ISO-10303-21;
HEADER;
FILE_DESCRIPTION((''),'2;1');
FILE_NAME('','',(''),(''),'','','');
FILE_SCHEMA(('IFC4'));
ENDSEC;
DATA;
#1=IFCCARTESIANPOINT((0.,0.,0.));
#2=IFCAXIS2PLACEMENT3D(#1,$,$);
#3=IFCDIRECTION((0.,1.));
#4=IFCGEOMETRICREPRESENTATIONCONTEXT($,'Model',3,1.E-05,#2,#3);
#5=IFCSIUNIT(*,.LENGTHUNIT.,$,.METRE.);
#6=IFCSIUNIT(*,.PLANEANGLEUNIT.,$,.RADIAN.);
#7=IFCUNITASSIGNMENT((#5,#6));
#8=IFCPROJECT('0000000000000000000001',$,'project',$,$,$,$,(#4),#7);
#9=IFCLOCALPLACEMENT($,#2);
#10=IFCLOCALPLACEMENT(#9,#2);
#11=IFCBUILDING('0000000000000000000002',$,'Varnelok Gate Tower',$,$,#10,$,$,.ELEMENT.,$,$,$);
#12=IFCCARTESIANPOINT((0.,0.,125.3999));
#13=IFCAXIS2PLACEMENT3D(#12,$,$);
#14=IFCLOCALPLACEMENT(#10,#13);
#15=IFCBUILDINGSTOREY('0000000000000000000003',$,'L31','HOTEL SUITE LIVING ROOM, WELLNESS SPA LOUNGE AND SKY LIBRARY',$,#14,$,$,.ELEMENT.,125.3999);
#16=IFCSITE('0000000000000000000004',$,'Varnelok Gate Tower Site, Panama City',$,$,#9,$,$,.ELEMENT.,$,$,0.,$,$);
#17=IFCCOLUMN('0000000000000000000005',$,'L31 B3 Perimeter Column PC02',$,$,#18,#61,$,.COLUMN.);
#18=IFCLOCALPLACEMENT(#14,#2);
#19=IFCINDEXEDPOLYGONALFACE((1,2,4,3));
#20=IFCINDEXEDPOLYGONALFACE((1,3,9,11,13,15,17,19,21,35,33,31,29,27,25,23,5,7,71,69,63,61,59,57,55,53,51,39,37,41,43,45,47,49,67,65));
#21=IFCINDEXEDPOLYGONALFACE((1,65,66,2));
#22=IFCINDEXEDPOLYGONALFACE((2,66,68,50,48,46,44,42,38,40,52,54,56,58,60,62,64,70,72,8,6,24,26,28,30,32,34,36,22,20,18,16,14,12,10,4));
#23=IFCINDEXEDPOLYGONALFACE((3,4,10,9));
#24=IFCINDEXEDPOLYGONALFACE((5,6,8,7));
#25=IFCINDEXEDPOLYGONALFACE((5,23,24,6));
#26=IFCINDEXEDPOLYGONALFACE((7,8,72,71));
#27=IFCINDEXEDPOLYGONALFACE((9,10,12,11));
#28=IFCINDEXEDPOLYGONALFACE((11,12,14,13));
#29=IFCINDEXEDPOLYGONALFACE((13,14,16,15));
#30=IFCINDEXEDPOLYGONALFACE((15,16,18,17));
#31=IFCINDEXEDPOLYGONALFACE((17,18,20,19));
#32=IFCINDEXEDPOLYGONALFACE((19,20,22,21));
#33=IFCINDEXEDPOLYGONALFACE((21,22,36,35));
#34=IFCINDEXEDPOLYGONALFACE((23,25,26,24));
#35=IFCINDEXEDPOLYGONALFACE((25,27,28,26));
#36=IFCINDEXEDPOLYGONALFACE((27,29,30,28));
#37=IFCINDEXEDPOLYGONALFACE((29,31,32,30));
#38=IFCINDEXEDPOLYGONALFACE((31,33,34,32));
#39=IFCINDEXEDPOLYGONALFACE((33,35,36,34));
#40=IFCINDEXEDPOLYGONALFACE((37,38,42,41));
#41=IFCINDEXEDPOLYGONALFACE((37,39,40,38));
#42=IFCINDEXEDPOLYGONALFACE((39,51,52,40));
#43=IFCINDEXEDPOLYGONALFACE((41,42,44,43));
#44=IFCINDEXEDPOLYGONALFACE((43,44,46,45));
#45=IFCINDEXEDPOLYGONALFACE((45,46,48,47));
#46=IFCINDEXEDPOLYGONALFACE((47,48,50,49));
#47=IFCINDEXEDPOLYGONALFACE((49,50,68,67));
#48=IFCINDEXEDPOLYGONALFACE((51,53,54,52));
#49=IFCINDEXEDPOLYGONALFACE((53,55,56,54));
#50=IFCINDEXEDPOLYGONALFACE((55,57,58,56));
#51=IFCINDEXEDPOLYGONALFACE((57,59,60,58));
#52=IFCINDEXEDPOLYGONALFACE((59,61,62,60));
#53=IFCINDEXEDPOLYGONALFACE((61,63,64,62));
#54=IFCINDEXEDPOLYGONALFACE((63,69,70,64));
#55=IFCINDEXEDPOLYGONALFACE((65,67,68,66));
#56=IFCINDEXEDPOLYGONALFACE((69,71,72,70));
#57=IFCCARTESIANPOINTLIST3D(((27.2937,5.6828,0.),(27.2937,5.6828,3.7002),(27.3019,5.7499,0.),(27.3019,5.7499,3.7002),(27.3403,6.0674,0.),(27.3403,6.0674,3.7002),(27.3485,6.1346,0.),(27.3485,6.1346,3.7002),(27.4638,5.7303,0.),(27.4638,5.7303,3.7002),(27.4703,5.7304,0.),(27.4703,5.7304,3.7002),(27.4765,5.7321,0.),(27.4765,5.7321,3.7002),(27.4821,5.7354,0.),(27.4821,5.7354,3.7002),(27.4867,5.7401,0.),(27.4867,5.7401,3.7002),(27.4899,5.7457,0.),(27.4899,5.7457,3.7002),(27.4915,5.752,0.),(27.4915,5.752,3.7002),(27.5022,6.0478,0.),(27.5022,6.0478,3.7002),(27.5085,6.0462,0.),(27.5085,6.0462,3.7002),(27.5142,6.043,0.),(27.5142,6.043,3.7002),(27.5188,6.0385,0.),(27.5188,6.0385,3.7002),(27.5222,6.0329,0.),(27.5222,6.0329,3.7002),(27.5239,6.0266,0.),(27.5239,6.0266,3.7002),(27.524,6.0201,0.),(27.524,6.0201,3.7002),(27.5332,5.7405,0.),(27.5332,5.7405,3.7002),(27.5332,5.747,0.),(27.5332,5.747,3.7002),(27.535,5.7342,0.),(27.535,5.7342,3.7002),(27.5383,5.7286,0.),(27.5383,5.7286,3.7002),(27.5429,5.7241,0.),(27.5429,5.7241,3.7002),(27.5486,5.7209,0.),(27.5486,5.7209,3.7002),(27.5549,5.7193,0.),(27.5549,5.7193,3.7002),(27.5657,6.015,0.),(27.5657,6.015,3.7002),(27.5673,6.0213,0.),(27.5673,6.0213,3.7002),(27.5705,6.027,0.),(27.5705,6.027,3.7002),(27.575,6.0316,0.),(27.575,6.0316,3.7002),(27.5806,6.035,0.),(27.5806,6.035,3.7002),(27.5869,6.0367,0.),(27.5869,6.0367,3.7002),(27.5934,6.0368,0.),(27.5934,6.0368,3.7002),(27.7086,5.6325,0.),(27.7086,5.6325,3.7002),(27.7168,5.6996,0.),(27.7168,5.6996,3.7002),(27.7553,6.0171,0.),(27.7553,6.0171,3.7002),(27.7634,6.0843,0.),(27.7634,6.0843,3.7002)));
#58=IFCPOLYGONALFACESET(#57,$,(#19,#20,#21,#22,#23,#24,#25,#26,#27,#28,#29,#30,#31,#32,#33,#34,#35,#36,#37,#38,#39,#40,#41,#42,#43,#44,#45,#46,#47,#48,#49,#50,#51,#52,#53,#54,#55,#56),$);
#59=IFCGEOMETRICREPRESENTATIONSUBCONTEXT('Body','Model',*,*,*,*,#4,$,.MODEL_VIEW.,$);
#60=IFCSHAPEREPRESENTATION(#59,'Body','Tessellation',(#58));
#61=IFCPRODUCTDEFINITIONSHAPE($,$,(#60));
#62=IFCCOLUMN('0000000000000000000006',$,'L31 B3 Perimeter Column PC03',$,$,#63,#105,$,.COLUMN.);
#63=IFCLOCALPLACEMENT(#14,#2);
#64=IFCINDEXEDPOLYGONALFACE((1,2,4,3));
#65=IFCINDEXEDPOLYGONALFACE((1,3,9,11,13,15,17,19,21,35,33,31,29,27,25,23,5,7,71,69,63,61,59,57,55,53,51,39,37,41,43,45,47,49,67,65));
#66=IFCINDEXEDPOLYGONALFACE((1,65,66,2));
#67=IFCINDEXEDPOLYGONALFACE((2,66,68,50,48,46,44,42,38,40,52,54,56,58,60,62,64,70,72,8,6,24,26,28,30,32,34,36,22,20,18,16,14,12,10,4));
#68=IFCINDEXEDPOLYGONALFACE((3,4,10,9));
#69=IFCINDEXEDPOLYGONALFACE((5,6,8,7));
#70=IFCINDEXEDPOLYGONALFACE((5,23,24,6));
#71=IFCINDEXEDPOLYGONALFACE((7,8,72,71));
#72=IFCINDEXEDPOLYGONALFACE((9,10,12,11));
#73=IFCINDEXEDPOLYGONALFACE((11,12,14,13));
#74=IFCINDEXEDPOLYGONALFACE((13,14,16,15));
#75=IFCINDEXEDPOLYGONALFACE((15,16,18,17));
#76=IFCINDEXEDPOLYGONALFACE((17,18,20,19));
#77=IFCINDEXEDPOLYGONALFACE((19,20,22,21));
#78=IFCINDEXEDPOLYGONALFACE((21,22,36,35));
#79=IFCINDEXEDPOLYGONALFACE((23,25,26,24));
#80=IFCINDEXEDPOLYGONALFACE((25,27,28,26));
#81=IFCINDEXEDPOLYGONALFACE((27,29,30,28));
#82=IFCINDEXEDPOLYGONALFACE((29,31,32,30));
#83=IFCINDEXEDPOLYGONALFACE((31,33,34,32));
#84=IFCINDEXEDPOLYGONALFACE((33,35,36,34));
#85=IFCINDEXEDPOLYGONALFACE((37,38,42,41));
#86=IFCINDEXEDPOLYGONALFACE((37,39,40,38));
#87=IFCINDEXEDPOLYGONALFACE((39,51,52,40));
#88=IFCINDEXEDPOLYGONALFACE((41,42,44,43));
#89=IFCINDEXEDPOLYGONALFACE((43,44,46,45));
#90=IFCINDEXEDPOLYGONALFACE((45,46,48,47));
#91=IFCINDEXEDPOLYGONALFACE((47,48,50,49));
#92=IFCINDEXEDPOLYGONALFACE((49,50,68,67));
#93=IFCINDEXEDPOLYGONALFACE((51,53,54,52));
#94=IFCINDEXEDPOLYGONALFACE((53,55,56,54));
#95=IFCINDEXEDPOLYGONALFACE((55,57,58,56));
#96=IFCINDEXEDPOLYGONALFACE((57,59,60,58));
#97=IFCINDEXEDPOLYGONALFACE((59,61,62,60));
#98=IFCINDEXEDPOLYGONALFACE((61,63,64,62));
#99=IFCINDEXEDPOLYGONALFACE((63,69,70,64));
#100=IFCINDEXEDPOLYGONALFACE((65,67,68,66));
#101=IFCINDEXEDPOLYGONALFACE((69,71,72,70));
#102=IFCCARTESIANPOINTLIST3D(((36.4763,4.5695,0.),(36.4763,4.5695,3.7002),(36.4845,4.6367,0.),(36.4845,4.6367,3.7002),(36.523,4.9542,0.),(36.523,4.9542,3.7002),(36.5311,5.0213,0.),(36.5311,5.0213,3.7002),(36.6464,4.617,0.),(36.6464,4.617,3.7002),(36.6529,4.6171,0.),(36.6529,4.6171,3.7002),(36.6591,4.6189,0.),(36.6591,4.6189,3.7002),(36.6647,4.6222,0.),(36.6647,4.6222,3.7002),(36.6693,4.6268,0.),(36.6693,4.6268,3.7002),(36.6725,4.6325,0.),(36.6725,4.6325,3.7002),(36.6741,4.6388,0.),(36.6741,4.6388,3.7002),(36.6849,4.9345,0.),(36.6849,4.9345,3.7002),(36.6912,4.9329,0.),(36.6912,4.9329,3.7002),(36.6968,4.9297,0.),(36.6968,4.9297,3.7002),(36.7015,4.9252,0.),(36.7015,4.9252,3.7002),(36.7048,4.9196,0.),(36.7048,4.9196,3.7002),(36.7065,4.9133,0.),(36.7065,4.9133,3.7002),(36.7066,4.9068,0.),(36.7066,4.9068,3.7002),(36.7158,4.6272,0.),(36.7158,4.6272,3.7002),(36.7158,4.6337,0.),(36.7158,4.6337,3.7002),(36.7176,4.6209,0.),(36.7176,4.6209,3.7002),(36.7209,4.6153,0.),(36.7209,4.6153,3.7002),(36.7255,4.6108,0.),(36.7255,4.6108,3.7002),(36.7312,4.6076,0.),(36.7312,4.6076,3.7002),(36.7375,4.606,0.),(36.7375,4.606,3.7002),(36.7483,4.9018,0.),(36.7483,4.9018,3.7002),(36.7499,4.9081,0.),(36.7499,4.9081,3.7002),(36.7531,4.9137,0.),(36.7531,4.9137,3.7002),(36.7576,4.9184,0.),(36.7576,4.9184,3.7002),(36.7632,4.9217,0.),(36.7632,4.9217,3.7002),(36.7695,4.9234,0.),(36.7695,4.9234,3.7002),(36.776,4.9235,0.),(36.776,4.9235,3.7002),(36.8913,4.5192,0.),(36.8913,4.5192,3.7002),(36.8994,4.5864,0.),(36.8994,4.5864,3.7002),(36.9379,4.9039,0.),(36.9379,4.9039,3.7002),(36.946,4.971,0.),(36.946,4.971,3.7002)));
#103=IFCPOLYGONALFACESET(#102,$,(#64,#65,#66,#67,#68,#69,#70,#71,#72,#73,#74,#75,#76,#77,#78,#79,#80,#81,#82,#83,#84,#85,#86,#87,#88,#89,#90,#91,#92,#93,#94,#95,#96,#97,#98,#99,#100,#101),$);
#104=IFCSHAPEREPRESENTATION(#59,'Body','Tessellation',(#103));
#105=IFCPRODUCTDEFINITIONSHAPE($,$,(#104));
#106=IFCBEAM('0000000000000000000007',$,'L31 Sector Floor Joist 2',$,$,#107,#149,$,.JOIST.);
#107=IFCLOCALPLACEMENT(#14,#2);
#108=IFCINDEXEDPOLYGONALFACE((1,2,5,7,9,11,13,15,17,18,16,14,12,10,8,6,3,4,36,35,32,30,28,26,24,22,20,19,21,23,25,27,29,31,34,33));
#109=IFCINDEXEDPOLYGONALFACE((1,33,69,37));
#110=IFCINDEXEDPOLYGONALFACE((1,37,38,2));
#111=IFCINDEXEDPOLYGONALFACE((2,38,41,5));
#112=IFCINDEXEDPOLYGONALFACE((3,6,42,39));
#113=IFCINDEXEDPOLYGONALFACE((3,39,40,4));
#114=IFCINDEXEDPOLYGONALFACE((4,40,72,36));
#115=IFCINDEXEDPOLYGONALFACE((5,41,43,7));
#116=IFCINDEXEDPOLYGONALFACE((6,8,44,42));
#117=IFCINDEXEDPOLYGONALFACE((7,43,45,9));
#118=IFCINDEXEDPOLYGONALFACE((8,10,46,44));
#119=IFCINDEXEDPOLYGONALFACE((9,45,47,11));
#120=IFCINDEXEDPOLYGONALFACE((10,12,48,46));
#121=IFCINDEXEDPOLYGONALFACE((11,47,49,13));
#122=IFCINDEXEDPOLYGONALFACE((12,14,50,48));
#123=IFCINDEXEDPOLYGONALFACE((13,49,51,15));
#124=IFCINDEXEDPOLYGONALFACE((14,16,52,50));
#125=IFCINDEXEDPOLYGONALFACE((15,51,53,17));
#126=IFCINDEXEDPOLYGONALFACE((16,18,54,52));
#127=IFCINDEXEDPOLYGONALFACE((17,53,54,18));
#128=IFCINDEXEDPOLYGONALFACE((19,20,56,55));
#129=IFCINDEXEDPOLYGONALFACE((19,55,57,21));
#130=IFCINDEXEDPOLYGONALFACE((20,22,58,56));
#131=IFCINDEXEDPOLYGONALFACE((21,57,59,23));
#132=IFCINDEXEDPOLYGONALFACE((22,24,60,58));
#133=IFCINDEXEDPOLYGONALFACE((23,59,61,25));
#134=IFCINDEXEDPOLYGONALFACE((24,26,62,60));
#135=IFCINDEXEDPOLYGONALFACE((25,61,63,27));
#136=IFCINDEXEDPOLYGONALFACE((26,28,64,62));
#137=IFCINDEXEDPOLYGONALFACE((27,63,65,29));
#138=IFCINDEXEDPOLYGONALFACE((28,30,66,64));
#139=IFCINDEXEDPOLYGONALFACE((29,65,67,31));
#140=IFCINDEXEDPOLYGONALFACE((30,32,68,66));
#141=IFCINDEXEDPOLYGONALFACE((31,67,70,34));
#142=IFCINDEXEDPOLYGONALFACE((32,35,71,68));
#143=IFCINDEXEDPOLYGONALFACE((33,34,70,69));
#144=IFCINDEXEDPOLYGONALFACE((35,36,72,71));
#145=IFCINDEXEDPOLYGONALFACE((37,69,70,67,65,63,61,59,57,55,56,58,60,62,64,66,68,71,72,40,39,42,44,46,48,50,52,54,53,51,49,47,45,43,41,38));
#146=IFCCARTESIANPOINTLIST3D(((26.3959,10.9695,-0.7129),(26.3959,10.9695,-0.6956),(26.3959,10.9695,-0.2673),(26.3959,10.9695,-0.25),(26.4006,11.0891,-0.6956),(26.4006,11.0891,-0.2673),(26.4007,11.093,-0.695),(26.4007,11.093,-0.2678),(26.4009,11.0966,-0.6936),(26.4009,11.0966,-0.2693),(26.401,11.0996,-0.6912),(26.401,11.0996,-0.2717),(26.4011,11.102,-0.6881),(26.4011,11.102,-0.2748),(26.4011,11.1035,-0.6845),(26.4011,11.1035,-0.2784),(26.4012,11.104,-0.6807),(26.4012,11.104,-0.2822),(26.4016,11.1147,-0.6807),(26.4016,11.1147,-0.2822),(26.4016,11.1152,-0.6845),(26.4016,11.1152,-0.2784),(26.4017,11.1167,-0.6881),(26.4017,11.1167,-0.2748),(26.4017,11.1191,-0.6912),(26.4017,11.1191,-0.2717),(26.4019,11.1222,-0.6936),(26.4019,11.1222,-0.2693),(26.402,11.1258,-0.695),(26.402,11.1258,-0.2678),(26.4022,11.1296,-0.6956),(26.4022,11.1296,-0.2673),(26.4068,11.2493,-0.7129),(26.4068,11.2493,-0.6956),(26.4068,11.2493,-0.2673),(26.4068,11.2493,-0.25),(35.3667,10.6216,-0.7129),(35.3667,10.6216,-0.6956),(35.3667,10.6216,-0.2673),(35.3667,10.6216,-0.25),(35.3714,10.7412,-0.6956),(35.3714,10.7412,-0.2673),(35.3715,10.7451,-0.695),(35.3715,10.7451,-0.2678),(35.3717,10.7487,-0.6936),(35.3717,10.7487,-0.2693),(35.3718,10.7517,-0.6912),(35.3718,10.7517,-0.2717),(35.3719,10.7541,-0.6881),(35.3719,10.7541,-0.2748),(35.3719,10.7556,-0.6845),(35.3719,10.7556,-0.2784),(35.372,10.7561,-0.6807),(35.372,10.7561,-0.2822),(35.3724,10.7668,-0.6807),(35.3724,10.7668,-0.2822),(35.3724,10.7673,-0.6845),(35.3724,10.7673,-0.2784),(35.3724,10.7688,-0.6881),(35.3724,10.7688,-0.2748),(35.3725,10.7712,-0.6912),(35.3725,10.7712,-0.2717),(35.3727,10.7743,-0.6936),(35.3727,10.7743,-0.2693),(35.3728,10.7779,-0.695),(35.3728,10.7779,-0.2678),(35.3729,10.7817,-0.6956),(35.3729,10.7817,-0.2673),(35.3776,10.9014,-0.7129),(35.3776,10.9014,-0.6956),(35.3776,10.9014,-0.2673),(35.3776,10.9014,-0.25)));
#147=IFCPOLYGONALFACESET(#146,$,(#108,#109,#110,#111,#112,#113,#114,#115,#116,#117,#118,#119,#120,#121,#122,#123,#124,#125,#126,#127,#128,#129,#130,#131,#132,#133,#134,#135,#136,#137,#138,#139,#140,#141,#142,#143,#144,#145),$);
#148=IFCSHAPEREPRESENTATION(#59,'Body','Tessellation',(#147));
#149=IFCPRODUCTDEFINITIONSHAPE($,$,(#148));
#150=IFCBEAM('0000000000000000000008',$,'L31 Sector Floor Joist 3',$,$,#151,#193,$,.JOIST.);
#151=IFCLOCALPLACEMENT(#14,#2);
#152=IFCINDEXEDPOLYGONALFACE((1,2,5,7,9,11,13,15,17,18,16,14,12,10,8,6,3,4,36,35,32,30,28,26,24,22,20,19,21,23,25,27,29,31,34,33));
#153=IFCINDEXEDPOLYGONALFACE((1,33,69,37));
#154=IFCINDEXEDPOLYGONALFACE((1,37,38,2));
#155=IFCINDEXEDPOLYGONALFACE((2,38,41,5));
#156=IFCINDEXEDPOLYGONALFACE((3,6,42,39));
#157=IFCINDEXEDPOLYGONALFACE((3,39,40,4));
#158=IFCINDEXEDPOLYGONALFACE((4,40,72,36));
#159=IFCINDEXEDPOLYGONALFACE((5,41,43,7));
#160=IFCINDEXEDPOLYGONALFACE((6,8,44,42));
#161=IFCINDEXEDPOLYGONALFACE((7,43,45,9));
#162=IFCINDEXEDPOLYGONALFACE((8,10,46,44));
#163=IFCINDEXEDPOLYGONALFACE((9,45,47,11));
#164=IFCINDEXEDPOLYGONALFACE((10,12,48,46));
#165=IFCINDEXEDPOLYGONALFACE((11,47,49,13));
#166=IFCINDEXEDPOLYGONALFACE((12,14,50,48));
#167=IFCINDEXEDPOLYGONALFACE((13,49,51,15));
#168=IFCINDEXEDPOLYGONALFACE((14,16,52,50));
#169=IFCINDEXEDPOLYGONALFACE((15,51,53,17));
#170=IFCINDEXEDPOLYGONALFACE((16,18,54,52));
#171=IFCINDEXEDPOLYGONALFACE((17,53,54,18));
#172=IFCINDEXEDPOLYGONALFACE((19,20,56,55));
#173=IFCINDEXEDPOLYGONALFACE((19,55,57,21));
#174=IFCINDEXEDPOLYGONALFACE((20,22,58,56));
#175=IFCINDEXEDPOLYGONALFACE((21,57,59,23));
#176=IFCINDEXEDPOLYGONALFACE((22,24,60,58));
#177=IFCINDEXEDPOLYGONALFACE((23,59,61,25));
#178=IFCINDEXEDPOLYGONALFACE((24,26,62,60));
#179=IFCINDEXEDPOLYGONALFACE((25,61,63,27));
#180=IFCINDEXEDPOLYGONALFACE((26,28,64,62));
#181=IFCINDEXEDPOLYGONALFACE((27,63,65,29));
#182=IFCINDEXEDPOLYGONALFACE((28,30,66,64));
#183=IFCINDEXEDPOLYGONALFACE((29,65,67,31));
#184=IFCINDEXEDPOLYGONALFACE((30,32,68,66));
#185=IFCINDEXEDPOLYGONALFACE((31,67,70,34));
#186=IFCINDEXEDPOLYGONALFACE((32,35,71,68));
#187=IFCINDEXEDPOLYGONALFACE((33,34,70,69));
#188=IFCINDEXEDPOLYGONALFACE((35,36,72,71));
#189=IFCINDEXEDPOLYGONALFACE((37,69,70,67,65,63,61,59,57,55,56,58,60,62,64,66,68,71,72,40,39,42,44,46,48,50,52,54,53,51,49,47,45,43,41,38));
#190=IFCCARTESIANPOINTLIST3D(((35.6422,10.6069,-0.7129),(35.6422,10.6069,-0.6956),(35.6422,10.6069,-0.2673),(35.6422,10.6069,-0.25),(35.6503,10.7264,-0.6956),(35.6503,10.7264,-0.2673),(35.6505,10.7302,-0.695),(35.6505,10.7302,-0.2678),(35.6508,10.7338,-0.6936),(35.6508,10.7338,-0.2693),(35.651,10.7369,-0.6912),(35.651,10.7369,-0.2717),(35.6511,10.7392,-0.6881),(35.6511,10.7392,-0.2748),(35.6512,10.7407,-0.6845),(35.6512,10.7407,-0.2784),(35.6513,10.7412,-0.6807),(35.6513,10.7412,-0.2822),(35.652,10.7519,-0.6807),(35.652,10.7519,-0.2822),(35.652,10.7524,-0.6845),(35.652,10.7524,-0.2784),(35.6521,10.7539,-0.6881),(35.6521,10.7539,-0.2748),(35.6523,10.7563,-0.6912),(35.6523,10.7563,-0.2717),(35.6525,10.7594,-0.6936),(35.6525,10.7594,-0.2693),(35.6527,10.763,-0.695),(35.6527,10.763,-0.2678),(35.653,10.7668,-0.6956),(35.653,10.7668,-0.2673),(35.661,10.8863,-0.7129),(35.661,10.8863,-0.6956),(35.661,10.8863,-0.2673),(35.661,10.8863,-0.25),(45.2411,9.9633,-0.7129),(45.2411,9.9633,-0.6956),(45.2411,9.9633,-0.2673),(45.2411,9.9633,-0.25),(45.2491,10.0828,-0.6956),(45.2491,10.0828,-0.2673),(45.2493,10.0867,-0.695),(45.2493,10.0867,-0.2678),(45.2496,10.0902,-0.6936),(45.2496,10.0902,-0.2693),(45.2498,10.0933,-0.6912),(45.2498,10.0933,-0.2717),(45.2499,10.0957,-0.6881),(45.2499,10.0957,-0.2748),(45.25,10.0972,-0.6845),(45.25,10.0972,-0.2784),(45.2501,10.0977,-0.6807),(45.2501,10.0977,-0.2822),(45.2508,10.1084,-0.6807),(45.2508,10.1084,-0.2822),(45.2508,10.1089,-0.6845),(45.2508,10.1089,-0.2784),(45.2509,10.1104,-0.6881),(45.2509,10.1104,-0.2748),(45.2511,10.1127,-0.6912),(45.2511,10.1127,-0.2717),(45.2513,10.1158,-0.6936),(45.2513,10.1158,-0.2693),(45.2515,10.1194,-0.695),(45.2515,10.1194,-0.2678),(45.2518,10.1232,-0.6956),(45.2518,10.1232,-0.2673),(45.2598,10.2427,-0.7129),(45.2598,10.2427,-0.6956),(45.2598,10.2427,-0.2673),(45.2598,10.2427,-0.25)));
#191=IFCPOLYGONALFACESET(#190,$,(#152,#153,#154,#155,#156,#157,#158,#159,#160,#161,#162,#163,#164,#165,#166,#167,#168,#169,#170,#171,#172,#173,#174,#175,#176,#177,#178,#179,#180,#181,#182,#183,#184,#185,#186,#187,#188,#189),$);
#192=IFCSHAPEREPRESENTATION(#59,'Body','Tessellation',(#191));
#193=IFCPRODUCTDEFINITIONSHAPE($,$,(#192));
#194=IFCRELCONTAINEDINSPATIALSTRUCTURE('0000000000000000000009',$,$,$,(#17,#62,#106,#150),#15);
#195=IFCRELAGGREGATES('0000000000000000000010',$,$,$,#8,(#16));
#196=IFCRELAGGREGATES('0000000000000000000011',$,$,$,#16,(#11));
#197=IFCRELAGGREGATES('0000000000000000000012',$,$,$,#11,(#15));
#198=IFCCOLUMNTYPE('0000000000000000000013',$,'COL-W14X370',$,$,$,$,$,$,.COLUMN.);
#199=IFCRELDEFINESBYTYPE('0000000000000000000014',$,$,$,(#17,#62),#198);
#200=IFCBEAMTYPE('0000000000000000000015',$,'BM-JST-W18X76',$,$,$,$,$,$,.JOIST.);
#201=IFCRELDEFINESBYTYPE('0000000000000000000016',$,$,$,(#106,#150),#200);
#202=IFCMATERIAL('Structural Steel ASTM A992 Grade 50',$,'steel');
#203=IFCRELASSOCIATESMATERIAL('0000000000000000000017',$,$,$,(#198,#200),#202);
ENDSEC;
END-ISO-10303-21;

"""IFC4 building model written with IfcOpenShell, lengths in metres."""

from ifc_helpers import new_model, si_unit, direction, frame, origin, origin_2d, place, context, subcontext, project, spatial, i_section, extrude, material, material_profile, profile_set, type_object, element, save


model = new_model("IFC4")

# Units and contexts
model_context = context("Model", 3, precision=1e-05, world=origin(), true_north=direction((0.0, 1.0)))
body_context = subcontext(model_context, "Body", "Model", "MODEL_VIEW")
ifc_project = project(units=[si_unit("LENGTHUNIT", "METRE"), si_unit("PLANEANGLEUNIT", "RADIAN")], contexts=[model_context])

# Site, building, storey
site_placement = place(None, origin())
site = spatial("IfcSite", under=ifc_project, at=site_placement, Name="Varnelok Gate Tower Site, Panama City", CompositionType="ELEMENT", RefElevation=0.0)
building_placement = place(site_placement, origin())
building = spatial("IfcBuilding", under=site, at=building_placement, Name="Varnelok Gate Tower", CompositionType="ELEMENT")
storey_placement = place(building_placement, frame((0.0, 0.0, 125.3999)))
storey = spatial("IfcBuildingStorey", under=building, at=storey_placement, Name="L31", Description="HOTEL SUITE LIVING ROOM, WELLNESS SPA LOUNGE AND SKY LIBRARY", CompositionType="ELEMENT", Elevation=125.3999)

# Columns
ifc_material_1 = material(Name="Structural Steel ASTM A992 Grade 50", Category="steel")
ifc_material_profile_1 = material_profile(ifc_material_1, i_section(OverallWidth=0.418, OverallDepth=0.4551, WebThickness=0.042, FlangeThickness=0.0676, FilletRadius=0.0249, at=origin_2d()), Name="W14X370")
ifc_profile_set_1 = profile_set([ifc_material_profile_1], Name="Structural Steel ASTM A992 Grade 50")
column_type = type_object("IfcColumnType", Name="COL-W14X370", PredefinedType="COLUMN", material=ifc_profile_set_1)
for number, where, z_axis, x_axis, name in (
    (1, (27.5286, 5.8835, 0.0), (0.0, 0.0, 1.0), (0.992732, -0.120345, 0.0), "L31 B3 Perimeter Column PC02"),
    (2, (36.7112, 4.7703, 0.0), (0.0, 0.0, 1.0), (0.992732, -0.120345, 0.0), "L31 B3 Perimeter Column PC03"),
):
    element("IfcColumn", number, at=place(storey_placement, frame(where, z_axis=z_axis, x_axis=x_axis)), inside=storey, type_object=column_type, Name=name, PredefinedType="COLUMN", context=body_context, shape_type="SweptSolid", body=[
        extrude(i_section(OverallWidth=0.418, OverallDepth=0.4551, WebThickness=0.042, FlangeThickness=0.0676, FilletRadius=0.0249, at=origin_2d()), origin(), (0.0, 0.0, 1.0), 3.7002),
    ])

# Beams
ifc_material_profile_2 = material_profile(ifc_material_1, i_section(OverallWidth=0.28, OverallDepth=0.4629, WebThickness=0.0107, FlangeThickness=0.0173, FilletRadius=0.0149, at=origin_2d()), Name="W18X76")
ifc_profile_set_2 = profile_set([ifc_material_profile_2], Name="Structural Steel ASTM A992 Grade 50")
beam_type_1 = type_object("IfcBeamType", Name="BM-JST-W18X76", PredefinedType="JOIST", material=ifc_profile_set_2)
beam_1_placement = place(storey_placement, frame((26.4014, 11.1094, -0.4814), z_axis=(0.999249, -0.038753, 0.0), x_axis=(0.038753, 0.999249, 0.0)))
element("IfcBeam", 3, at=beam_1_placement, inside=storey, type_object=beam_type_1, Name="L31 Sector Floor Joist 2", PredefinedType="JOIST", context=body_context, shape_type="SweptSolid", body=[
    extrude(i_section(OverallWidth=0.28, OverallDepth=0.4629, WebThickness=0.0107, FlangeThickness=0.0173, FilletRadius=0.0149, at=origin_2d()), origin(), (0.0, 0.0, 1.0), 8.9775),
])
beam_2_placement = place(storey_placement, frame((35.6516, 10.7466, -0.4814), z_axis=(0.99776, -0.066895, 0.0), x_axis=(0.066895, 0.99776, 0.0)))
element("IfcBeam", 4, at=beam_2_placement, inside=storey, type_object=beam_type_1, Name="L31 Sector Floor Joist 3", PredefinedType="JOIST", context=body_context, shape_type="SweptSolid", body=[
    extrude(i_section(OverallWidth=0.28, OverallDepth=0.4629, WebThickness=0.0107, FlangeThickness=0.0173, FilletRadius=0.0149, at=origin_2d()), origin(), (0.0, 0.0, 1.0), 9.6204),
])

save(model, "model.ifc")
